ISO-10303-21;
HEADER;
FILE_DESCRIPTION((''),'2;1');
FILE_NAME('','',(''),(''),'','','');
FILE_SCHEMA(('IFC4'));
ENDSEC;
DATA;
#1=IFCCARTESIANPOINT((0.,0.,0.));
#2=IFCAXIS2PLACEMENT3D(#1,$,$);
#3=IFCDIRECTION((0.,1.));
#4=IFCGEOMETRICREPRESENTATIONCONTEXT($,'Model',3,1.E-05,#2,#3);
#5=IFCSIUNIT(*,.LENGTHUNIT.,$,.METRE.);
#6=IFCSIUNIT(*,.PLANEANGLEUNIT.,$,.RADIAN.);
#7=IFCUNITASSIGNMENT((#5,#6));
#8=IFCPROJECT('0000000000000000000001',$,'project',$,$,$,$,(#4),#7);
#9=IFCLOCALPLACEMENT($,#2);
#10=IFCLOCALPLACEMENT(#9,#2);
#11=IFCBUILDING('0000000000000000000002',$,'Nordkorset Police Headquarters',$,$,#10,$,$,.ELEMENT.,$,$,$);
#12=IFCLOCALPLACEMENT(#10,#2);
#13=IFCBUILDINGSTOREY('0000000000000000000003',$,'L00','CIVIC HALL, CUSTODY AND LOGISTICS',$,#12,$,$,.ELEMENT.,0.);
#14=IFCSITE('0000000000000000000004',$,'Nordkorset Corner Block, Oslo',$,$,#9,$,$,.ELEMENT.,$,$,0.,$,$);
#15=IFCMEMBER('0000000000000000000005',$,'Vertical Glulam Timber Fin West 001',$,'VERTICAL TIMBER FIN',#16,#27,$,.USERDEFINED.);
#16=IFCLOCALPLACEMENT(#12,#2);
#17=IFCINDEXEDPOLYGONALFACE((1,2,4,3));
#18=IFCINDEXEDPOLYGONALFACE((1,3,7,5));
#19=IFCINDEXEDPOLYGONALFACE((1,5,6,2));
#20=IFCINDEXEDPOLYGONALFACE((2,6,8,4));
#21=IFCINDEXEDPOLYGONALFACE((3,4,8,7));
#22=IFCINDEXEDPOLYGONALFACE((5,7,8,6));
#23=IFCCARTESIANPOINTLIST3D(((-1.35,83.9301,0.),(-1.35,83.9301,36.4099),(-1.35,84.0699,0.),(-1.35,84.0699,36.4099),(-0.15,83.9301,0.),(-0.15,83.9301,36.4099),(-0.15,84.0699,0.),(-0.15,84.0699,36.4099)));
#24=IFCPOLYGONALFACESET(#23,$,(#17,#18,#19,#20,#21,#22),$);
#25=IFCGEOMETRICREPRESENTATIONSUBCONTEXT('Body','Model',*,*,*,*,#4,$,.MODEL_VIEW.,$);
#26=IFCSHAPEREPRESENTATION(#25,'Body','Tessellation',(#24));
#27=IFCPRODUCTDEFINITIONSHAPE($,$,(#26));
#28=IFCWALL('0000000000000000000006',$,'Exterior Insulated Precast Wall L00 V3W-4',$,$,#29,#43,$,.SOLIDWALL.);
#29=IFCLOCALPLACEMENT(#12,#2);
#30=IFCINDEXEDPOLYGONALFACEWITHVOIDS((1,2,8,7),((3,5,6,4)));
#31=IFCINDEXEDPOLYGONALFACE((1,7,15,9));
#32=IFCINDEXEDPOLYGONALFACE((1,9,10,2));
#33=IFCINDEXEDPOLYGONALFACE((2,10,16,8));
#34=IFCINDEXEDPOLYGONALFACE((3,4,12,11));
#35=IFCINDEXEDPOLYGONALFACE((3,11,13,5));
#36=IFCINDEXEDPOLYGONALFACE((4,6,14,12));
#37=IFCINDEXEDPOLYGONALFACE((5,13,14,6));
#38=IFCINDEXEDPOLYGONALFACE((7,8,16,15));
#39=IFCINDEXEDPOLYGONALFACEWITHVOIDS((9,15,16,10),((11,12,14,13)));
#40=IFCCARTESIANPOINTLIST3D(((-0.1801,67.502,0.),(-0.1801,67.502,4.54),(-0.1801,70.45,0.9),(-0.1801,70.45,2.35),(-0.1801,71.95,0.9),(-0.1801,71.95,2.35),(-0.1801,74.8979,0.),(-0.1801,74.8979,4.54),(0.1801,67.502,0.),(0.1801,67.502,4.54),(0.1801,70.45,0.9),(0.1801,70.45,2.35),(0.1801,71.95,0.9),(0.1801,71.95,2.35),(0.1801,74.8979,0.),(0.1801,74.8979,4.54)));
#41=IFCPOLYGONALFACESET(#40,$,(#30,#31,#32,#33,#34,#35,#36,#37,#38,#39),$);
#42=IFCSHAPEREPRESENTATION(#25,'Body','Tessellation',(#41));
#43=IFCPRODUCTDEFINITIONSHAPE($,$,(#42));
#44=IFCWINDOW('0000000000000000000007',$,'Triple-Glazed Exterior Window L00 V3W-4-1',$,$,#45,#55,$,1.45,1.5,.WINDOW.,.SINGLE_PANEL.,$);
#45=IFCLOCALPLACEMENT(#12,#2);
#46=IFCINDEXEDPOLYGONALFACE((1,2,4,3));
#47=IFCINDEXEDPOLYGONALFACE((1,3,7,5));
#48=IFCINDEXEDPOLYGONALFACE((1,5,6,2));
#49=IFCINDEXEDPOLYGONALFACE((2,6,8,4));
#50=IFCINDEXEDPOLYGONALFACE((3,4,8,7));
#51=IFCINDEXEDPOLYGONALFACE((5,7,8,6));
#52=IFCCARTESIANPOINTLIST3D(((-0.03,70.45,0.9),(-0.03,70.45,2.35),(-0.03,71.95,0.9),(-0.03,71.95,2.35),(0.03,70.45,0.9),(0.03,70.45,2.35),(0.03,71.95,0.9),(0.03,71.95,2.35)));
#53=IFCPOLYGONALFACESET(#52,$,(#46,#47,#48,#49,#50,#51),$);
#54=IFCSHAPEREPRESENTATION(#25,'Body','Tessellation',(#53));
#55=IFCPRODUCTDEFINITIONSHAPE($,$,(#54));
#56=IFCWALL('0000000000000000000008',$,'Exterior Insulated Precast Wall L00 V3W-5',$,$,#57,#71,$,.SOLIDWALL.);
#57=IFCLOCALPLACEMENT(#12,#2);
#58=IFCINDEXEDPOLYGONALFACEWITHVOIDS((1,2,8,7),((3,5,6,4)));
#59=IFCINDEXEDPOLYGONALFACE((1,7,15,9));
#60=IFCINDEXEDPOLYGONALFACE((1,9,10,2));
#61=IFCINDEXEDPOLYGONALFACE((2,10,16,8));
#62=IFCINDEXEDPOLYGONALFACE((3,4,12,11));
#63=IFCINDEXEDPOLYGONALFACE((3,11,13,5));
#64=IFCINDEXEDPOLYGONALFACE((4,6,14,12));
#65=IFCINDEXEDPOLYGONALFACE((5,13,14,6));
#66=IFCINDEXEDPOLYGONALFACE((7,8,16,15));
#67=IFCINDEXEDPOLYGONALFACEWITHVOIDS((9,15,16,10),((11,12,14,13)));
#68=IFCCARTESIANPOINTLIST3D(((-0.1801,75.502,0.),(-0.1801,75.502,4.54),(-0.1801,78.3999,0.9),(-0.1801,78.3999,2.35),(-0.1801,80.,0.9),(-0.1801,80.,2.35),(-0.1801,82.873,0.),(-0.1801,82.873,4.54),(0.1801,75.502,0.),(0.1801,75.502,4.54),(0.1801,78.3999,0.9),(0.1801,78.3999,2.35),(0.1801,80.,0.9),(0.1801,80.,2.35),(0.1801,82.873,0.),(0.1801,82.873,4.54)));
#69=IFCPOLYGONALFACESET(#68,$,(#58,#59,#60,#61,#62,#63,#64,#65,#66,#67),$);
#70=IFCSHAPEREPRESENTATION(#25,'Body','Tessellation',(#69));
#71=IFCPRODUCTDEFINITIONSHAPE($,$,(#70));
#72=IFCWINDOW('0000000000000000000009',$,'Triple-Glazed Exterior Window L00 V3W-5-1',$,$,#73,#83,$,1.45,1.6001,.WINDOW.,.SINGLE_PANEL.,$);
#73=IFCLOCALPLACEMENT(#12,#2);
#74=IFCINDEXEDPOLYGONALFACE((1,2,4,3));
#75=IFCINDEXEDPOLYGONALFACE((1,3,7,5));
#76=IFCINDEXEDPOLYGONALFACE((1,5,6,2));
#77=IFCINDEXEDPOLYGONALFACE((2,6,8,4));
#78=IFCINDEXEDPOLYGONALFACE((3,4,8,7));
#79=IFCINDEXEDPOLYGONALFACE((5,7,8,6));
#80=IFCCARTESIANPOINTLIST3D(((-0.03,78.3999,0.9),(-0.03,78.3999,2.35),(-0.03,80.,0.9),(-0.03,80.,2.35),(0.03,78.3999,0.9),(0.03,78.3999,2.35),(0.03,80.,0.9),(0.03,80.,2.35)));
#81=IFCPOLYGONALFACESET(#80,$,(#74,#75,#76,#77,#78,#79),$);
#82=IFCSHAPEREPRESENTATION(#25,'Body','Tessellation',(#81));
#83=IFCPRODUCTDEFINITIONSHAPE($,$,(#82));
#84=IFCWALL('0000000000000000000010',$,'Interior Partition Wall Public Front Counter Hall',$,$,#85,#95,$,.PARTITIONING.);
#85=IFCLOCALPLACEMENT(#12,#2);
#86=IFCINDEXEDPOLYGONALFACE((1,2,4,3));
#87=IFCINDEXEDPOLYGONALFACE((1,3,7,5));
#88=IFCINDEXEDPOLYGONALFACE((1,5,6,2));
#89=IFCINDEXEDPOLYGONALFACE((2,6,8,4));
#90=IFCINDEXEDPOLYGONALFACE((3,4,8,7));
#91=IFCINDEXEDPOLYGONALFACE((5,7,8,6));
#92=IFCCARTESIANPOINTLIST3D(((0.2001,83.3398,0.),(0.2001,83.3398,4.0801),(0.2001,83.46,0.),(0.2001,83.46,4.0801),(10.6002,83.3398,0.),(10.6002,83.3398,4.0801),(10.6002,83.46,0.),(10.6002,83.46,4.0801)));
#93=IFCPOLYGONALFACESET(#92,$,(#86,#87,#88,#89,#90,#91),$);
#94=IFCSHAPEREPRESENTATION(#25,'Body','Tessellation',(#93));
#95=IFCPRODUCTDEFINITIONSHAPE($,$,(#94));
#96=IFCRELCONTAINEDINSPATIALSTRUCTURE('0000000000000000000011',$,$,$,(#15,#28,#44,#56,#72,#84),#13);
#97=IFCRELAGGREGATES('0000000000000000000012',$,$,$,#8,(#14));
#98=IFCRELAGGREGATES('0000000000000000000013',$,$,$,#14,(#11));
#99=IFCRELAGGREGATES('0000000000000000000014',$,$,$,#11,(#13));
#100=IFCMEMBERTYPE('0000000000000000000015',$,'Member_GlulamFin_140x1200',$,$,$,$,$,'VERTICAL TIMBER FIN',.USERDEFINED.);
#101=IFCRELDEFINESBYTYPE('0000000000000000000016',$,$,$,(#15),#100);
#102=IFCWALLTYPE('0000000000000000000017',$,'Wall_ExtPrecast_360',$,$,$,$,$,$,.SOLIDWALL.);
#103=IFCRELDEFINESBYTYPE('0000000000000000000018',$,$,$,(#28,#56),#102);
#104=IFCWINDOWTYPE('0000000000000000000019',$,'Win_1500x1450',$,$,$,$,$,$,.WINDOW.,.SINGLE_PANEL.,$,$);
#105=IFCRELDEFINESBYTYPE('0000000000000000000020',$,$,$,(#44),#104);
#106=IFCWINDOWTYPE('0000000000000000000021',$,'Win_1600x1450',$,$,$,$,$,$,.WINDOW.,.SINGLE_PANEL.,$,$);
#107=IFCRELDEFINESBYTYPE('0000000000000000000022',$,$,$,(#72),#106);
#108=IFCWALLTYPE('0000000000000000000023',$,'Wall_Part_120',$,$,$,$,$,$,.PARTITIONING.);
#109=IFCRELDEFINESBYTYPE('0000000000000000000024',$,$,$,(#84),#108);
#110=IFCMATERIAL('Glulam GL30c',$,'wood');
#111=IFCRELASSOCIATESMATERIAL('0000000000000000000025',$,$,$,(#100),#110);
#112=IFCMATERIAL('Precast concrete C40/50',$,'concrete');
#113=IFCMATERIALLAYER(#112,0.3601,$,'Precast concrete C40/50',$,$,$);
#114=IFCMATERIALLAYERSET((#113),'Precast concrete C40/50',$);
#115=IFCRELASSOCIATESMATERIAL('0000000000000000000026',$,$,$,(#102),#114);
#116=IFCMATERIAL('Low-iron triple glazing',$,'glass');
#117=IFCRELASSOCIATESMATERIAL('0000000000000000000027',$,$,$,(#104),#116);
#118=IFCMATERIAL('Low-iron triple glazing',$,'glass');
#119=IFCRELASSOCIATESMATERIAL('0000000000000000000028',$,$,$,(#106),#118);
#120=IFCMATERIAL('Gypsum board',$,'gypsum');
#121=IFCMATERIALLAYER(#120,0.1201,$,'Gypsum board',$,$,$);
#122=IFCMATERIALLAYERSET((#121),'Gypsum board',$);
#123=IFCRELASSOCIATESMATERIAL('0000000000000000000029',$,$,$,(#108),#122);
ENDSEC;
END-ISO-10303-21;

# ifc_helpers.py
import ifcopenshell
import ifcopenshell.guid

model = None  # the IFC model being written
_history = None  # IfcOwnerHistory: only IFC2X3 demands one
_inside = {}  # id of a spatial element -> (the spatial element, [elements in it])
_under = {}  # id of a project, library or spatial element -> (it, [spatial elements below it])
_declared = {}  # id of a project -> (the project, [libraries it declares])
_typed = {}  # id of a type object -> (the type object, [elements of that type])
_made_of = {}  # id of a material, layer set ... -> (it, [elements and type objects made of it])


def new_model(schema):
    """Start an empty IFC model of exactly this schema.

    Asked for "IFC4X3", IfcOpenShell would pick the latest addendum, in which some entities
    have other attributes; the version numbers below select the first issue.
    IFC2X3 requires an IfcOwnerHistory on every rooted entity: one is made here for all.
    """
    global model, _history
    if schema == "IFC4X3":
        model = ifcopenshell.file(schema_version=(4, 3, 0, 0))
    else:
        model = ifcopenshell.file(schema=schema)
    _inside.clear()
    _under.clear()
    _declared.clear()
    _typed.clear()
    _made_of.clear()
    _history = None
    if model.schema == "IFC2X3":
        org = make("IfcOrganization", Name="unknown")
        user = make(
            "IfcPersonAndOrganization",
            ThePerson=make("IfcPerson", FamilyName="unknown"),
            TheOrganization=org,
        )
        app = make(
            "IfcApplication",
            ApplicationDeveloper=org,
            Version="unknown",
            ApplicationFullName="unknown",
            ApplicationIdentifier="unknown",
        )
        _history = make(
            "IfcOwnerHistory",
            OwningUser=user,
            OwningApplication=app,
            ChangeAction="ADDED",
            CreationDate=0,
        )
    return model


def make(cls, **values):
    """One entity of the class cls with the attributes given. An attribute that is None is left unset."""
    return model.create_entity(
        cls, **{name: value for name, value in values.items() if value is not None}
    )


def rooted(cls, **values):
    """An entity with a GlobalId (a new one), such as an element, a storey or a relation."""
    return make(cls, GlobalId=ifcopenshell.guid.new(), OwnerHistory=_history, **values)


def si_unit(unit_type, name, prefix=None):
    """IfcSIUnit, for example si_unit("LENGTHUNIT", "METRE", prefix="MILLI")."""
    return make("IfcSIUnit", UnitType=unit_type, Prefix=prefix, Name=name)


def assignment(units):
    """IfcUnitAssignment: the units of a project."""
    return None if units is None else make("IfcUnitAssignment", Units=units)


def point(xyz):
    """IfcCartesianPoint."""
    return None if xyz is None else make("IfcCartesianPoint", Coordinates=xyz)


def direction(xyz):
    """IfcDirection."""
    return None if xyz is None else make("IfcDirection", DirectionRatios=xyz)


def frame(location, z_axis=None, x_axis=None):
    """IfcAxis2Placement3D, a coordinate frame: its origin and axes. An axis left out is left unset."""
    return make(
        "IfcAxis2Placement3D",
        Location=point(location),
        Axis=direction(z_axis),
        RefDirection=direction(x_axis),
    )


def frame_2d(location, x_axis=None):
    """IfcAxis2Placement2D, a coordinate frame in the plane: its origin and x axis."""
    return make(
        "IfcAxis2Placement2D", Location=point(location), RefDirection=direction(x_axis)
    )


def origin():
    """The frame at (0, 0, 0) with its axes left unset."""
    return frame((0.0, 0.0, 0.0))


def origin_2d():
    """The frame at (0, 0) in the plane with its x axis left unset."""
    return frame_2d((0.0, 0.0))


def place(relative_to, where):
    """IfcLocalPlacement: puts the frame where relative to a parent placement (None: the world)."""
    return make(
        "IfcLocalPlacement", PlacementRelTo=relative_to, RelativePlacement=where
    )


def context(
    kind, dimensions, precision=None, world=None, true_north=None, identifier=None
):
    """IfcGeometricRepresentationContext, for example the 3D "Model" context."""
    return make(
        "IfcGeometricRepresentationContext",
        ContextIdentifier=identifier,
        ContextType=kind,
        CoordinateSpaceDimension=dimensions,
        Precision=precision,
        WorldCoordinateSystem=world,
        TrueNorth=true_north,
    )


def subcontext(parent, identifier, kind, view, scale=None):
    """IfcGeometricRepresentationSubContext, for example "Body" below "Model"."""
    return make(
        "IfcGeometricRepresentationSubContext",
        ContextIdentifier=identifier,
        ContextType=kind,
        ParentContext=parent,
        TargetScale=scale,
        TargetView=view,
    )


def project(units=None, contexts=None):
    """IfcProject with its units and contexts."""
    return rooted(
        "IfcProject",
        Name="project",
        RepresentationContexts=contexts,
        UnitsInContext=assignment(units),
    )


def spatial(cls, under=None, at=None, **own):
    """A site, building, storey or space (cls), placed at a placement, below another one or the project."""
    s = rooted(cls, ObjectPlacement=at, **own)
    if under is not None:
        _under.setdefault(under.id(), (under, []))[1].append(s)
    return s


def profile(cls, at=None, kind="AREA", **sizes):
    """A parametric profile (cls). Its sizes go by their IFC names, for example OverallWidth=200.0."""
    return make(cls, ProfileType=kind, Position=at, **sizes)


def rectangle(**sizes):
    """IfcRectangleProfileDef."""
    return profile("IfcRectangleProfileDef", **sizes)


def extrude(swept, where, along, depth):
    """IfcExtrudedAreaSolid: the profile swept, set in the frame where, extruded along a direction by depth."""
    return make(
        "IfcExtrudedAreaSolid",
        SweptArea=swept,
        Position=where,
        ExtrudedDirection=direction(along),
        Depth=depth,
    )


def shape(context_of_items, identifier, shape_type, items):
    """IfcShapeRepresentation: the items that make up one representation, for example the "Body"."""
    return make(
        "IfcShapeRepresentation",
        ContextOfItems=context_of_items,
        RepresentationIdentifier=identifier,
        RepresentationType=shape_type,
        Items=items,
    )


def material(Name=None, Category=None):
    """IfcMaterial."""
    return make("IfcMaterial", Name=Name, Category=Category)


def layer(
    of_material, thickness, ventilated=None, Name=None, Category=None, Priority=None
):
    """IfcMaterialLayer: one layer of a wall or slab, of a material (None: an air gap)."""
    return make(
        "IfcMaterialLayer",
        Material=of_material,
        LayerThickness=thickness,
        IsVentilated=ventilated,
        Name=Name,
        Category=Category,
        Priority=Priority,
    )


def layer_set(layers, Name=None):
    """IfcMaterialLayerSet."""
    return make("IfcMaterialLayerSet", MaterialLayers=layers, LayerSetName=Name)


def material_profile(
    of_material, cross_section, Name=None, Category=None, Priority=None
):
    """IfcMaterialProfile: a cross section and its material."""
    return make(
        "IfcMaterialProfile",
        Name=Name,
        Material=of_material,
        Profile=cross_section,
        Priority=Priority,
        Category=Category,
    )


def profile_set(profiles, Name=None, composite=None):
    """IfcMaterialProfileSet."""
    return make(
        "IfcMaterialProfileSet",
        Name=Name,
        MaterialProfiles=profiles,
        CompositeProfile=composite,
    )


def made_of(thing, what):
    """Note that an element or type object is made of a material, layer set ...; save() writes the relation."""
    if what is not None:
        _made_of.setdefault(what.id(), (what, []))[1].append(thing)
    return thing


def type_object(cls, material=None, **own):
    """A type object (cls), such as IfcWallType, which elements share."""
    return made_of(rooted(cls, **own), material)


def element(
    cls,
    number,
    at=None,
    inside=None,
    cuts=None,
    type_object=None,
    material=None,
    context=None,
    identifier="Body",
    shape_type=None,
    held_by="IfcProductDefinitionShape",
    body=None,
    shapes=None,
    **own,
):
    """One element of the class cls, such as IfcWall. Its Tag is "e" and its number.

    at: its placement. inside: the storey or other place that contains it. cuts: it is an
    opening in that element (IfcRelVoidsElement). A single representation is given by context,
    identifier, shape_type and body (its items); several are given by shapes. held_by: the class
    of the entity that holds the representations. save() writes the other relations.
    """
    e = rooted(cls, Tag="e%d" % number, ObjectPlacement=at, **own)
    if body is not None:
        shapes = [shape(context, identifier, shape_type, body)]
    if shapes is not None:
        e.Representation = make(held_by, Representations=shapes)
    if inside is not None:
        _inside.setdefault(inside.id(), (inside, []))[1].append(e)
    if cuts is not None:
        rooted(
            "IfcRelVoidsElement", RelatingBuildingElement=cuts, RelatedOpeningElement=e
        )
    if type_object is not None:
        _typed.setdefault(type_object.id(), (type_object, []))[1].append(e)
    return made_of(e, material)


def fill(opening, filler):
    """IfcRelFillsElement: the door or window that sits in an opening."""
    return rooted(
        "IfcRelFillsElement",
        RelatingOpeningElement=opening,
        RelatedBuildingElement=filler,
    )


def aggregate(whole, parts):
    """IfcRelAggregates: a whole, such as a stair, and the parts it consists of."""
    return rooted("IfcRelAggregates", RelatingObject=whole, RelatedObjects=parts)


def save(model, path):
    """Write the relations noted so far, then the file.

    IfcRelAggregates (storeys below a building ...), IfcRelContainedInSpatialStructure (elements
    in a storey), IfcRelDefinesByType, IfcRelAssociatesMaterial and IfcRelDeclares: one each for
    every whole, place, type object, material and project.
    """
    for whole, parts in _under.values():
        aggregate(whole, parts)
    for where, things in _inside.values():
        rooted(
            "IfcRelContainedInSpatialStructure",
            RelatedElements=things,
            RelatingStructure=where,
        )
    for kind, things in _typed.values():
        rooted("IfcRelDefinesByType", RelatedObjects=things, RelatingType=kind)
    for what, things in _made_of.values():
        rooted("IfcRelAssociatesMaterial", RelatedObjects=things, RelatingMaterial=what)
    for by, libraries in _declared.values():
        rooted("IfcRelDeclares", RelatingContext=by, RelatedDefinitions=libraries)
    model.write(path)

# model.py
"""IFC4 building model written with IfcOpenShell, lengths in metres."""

from ifc_helpers import new_model, si_unit, direction, frame, frame_2d, origin, origin_2d, place, context, subcontext, project, spatial, rectangle, extrude, material, layer, layer_set, material_profile, profile_set, type_object, element, fill, save


model = new_model("IFC4")

# Units and contexts
model_context = context("Model", 3, precision=1e-05, world=origin(), true_north=direction((0.0, 1.0)))
body_context = subcontext(model_context, "Body", "Model", "MODEL_VIEW")
ifc_project = project(units=[si_unit("LENGTHUNIT", "METRE"), si_unit("PLANEANGLEUNIT", "RADIAN")], contexts=[model_context])

# Site, building, storey
site_placement = place(None, origin())
site = spatial("IfcSite", under=ifc_project, at=site_placement, Name="Nordkorset Corner Block, Oslo", CompositionType="ELEMENT", RefElevation=0.0)
building_placement = place(site_placement, origin())
building = spatial("IfcBuilding", under=site, at=building_placement, Name="Nordkorset Police Headquarters", CompositionType="ELEMENT")
storey_placement = place(building_placement, origin())
storey = spatial("IfcBuildingStorey", under=building, at=storey_placement, Name="L00", Description="CIVIC HALL, CUSTODY AND LOGISTICS", CompositionType="ELEMENT", Elevation=0.0)

# Member
ifc_material_1 = material(Name="Glulam GL30c", Category="wood")
ifc_material_profile_1 = material_profile(ifc_material_1, rectangle(XDim=0.1399, YDim=1.2, at=origin_2d()), Name="GL30C FIN 140x1200")
ifc_profile_set_1 = profile_set([ifc_material_profile_1], Name="Glulam GL30c")
member_type_1 = type_object("IfcMemberType", Name="Member_GlulamFin_140x1200", ElementType="VERTICAL TIMBER FIN", PredefinedType="USERDEFINED", material=ifc_profile_set_1)
member_1_placement = place(storey_placement, frame((-0.75, 84.0, 0.0), z_axis=(0.0, 0.0, 1.0), x_axis=(0.0, 1.0, 0.0)))
element("IfcMember", 1, at=member_1_placement, inside=storey, type_object=member_type_1, Name="Vertical Glulam Timber Fin West 001", ObjectType="VERTICAL TIMBER FIN", PredefinedType="USERDEFINED", context=body_context, shape_type="SweptSolid", body=[
    extrude(rectangle(XDim=0.1399, YDim=1.2, at=origin_2d()), origin(), (0.0, 0.0, 1.0), 36.4099),
])

# Walls, openings, windows
ifc_material_2 = material(Name="Precast concrete C40/50", Category="concrete")
ifc_layer_1 = layer(ifc_material_2, 0.3601, Name="Precast concrete C40/50")
ifc_layer_set_1 = layer_set([ifc_layer_1], Name="Precast concrete C40/50")
wall_type_1 = type_object("IfcWallType", Name="Wall_ExtPrecast_360", PredefinedType="SOLIDWALL", material=ifc_layer_set_1)
wall_1_placement = place(storey_placement, frame((0.0, 67.502, 0.0), z_axis=(0.0, 0.0, 1.0), x_axis=(0.0, 1.0, 0.0)))
wall_1 = element("IfcWall", 2, at=wall_1_placement, inside=storey, type_object=wall_type_1, Name="Exterior Insulated Precast Wall L00 V3W-4", PredefinedType="SOLIDWALL", context=body_context, shape_type="SweptSolid", body=[
    extrude(rectangle(XDim=7.396, YDim=0.3601, at=frame_2d((3.698, 0.0))), origin(), (0.0, 0.0, 1.0), 4.54),
])
opening_1_placement = place(wall_1_placement, frame((2.948, 0.0, 0.8999)))
opening_1 = element("IfcOpeningElement", 3, at=opening_1_placement, cuts=wall_1, PredefinedType="OPENING", context=body_context, shape_type="SweptSolid", body=[
    extrude(rectangle(XDim=1.5, YDim=1.45, at=frame_2d((0.75, 0.7251))), frame((0.0, 0.1899, 0.0), z_axis=(0.0, -1.0, 0.0), x_axis=(1.0, 0.0, 0.0)), (0.0, 0.0, 1.0), 0.3801),
])
ifc_material_3 = material(Name="Low-iron triple glazing", Category="glass")
window_type_1 = type_object("IfcWindowType", Name="Win_1500x1450", PartitioningType="SINGLE_PANEL", PredefinedType="WINDOW", material=ifc_material_3)
window_1_placement = place(opening_1_placement, origin())
window_1 = element("IfcWindow", 4, at=window_1_placement, inside=storey, type_object=window_type_1, Name="Triple-Glazed Exterior Window L00 V3W-4-1", OverallHeight=1.45, OverallWidth=1.5, PartitioningType="SINGLE_PANEL", PredefinedType="WINDOW", context=body_context, shape_type="SweptSolid", body=[
    extrude(rectangle(XDim=1.5, YDim=1.45, at=frame_2d((0.75, 0.7251))), frame((0.0, 0.03, 0.0), z_axis=(0.0, -1.0, 0.0), x_axis=(1.0, 0.0, 0.0)), (0.0, 0.0, 1.0), 0.0601),
])
fill(opening_1, window_1)
wall_2_placement = place(storey_placement, frame((0.0, 75.502, 0.0), z_axis=(0.0, 0.0, 1.0), x_axis=(0.0, 1.0, 0.0)))
wall_2 = element("IfcWall", 5, at=wall_2_placement, inside=storey, type_object=wall_type_1, Name="Exterior Insulated Precast Wall L00 V3W-5", PredefinedType="SOLIDWALL", context=body_context, shape_type="SweptSolid", body=[
    extrude(rectangle(XDim=7.3711, YDim=0.3601, at=frame_2d((3.6855, 0.0))), origin(), (0.0, 0.0, 1.0), 4.54),
])
opening_2_placement = place(wall_2_placement, frame((2.8979, 0.0, 0.8999)))
opening_2 = element("IfcOpeningElement", 6, at=opening_2_placement, cuts=wall_2, PredefinedType="OPENING", context=body_context, shape_type="SweptSolid", body=[
    extrude(rectangle(XDim=1.6001, YDim=1.45, at=frame_2d((0.8, 0.7251))), frame((0.0, 0.1899, 0.0), z_axis=(0.0, -1.0, 0.0), x_axis=(1.0, 0.0, 0.0)), (0.0, 0.0, 1.0), 0.3801),
])
ifc_material_4 = material(Name="Low-iron triple glazing", Category="glass")
window_type_2 = type_object("IfcWindowType", Name="Win_1600x1450", PartitioningType="SINGLE_PANEL", PredefinedType="WINDOW", material=ifc_material_4)
window_2_placement = place(opening_2_placement, origin())
window_2 = element("IfcWindow", 7, at=window_2_placement, inside=storey, type_object=window_type_2, Name="Triple-Glazed Exterior Window L00 V3W-5-1", OverallHeight=1.45, OverallWidth=1.6001, PartitioningType="SINGLE_PANEL", PredefinedType="WINDOW", context=body_context, shape_type="SweptSolid", body=[
    extrude(rectangle(XDim=1.6001, YDim=1.45, at=frame_2d((0.8, 0.7251))), frame((0.0, 0.03, 0.0), z_axis=(0.0, -1.0, 0.0), x_axis=(1.0, 0.0, 0.0)), (0.0, 0.0, 1.0), 0.0601),
])
fill(opening_2, window_2)

# Wall
ifc_material_5 = material(Name="Gypsum board", Category="gypsum")
ifc_layer_2 = layer(ifc_material_5, 0.1201, Name="Gypsum board")
ifc_layer_set_2 = layer_set([ifc_layer_2], Name="Gypsum board")
wall_type_2 = type_object("IfcWallType", Name="Wall_Part_120", PredefinedType="PARTITIONING", material=ifc_layer_set_2)
wall_3_placement = place(storey_placement, frame((0.2, 83.3999, 0.0), z_axis=(0.0, 0.0, 1.0), x_axis=(1.0, 0.0, 0.0)))
element("IfcWall", 8, at=wall_3_placement, inside=storey, type_object=wall_type_2, Name="Interior Partition Wall Public Front Counter Hall", PredefinedType="PARTITIONING", context=body_context, shape_type="SweptSolid", body=[
    extrude(rectangle(XDim=10.4001, YDim=0.1201, at=frame_2d((5.2002, 0.0))), origin(), (0.0, 0.0, 1.0), 4.0801),
])

save(model, "model.ifc")
